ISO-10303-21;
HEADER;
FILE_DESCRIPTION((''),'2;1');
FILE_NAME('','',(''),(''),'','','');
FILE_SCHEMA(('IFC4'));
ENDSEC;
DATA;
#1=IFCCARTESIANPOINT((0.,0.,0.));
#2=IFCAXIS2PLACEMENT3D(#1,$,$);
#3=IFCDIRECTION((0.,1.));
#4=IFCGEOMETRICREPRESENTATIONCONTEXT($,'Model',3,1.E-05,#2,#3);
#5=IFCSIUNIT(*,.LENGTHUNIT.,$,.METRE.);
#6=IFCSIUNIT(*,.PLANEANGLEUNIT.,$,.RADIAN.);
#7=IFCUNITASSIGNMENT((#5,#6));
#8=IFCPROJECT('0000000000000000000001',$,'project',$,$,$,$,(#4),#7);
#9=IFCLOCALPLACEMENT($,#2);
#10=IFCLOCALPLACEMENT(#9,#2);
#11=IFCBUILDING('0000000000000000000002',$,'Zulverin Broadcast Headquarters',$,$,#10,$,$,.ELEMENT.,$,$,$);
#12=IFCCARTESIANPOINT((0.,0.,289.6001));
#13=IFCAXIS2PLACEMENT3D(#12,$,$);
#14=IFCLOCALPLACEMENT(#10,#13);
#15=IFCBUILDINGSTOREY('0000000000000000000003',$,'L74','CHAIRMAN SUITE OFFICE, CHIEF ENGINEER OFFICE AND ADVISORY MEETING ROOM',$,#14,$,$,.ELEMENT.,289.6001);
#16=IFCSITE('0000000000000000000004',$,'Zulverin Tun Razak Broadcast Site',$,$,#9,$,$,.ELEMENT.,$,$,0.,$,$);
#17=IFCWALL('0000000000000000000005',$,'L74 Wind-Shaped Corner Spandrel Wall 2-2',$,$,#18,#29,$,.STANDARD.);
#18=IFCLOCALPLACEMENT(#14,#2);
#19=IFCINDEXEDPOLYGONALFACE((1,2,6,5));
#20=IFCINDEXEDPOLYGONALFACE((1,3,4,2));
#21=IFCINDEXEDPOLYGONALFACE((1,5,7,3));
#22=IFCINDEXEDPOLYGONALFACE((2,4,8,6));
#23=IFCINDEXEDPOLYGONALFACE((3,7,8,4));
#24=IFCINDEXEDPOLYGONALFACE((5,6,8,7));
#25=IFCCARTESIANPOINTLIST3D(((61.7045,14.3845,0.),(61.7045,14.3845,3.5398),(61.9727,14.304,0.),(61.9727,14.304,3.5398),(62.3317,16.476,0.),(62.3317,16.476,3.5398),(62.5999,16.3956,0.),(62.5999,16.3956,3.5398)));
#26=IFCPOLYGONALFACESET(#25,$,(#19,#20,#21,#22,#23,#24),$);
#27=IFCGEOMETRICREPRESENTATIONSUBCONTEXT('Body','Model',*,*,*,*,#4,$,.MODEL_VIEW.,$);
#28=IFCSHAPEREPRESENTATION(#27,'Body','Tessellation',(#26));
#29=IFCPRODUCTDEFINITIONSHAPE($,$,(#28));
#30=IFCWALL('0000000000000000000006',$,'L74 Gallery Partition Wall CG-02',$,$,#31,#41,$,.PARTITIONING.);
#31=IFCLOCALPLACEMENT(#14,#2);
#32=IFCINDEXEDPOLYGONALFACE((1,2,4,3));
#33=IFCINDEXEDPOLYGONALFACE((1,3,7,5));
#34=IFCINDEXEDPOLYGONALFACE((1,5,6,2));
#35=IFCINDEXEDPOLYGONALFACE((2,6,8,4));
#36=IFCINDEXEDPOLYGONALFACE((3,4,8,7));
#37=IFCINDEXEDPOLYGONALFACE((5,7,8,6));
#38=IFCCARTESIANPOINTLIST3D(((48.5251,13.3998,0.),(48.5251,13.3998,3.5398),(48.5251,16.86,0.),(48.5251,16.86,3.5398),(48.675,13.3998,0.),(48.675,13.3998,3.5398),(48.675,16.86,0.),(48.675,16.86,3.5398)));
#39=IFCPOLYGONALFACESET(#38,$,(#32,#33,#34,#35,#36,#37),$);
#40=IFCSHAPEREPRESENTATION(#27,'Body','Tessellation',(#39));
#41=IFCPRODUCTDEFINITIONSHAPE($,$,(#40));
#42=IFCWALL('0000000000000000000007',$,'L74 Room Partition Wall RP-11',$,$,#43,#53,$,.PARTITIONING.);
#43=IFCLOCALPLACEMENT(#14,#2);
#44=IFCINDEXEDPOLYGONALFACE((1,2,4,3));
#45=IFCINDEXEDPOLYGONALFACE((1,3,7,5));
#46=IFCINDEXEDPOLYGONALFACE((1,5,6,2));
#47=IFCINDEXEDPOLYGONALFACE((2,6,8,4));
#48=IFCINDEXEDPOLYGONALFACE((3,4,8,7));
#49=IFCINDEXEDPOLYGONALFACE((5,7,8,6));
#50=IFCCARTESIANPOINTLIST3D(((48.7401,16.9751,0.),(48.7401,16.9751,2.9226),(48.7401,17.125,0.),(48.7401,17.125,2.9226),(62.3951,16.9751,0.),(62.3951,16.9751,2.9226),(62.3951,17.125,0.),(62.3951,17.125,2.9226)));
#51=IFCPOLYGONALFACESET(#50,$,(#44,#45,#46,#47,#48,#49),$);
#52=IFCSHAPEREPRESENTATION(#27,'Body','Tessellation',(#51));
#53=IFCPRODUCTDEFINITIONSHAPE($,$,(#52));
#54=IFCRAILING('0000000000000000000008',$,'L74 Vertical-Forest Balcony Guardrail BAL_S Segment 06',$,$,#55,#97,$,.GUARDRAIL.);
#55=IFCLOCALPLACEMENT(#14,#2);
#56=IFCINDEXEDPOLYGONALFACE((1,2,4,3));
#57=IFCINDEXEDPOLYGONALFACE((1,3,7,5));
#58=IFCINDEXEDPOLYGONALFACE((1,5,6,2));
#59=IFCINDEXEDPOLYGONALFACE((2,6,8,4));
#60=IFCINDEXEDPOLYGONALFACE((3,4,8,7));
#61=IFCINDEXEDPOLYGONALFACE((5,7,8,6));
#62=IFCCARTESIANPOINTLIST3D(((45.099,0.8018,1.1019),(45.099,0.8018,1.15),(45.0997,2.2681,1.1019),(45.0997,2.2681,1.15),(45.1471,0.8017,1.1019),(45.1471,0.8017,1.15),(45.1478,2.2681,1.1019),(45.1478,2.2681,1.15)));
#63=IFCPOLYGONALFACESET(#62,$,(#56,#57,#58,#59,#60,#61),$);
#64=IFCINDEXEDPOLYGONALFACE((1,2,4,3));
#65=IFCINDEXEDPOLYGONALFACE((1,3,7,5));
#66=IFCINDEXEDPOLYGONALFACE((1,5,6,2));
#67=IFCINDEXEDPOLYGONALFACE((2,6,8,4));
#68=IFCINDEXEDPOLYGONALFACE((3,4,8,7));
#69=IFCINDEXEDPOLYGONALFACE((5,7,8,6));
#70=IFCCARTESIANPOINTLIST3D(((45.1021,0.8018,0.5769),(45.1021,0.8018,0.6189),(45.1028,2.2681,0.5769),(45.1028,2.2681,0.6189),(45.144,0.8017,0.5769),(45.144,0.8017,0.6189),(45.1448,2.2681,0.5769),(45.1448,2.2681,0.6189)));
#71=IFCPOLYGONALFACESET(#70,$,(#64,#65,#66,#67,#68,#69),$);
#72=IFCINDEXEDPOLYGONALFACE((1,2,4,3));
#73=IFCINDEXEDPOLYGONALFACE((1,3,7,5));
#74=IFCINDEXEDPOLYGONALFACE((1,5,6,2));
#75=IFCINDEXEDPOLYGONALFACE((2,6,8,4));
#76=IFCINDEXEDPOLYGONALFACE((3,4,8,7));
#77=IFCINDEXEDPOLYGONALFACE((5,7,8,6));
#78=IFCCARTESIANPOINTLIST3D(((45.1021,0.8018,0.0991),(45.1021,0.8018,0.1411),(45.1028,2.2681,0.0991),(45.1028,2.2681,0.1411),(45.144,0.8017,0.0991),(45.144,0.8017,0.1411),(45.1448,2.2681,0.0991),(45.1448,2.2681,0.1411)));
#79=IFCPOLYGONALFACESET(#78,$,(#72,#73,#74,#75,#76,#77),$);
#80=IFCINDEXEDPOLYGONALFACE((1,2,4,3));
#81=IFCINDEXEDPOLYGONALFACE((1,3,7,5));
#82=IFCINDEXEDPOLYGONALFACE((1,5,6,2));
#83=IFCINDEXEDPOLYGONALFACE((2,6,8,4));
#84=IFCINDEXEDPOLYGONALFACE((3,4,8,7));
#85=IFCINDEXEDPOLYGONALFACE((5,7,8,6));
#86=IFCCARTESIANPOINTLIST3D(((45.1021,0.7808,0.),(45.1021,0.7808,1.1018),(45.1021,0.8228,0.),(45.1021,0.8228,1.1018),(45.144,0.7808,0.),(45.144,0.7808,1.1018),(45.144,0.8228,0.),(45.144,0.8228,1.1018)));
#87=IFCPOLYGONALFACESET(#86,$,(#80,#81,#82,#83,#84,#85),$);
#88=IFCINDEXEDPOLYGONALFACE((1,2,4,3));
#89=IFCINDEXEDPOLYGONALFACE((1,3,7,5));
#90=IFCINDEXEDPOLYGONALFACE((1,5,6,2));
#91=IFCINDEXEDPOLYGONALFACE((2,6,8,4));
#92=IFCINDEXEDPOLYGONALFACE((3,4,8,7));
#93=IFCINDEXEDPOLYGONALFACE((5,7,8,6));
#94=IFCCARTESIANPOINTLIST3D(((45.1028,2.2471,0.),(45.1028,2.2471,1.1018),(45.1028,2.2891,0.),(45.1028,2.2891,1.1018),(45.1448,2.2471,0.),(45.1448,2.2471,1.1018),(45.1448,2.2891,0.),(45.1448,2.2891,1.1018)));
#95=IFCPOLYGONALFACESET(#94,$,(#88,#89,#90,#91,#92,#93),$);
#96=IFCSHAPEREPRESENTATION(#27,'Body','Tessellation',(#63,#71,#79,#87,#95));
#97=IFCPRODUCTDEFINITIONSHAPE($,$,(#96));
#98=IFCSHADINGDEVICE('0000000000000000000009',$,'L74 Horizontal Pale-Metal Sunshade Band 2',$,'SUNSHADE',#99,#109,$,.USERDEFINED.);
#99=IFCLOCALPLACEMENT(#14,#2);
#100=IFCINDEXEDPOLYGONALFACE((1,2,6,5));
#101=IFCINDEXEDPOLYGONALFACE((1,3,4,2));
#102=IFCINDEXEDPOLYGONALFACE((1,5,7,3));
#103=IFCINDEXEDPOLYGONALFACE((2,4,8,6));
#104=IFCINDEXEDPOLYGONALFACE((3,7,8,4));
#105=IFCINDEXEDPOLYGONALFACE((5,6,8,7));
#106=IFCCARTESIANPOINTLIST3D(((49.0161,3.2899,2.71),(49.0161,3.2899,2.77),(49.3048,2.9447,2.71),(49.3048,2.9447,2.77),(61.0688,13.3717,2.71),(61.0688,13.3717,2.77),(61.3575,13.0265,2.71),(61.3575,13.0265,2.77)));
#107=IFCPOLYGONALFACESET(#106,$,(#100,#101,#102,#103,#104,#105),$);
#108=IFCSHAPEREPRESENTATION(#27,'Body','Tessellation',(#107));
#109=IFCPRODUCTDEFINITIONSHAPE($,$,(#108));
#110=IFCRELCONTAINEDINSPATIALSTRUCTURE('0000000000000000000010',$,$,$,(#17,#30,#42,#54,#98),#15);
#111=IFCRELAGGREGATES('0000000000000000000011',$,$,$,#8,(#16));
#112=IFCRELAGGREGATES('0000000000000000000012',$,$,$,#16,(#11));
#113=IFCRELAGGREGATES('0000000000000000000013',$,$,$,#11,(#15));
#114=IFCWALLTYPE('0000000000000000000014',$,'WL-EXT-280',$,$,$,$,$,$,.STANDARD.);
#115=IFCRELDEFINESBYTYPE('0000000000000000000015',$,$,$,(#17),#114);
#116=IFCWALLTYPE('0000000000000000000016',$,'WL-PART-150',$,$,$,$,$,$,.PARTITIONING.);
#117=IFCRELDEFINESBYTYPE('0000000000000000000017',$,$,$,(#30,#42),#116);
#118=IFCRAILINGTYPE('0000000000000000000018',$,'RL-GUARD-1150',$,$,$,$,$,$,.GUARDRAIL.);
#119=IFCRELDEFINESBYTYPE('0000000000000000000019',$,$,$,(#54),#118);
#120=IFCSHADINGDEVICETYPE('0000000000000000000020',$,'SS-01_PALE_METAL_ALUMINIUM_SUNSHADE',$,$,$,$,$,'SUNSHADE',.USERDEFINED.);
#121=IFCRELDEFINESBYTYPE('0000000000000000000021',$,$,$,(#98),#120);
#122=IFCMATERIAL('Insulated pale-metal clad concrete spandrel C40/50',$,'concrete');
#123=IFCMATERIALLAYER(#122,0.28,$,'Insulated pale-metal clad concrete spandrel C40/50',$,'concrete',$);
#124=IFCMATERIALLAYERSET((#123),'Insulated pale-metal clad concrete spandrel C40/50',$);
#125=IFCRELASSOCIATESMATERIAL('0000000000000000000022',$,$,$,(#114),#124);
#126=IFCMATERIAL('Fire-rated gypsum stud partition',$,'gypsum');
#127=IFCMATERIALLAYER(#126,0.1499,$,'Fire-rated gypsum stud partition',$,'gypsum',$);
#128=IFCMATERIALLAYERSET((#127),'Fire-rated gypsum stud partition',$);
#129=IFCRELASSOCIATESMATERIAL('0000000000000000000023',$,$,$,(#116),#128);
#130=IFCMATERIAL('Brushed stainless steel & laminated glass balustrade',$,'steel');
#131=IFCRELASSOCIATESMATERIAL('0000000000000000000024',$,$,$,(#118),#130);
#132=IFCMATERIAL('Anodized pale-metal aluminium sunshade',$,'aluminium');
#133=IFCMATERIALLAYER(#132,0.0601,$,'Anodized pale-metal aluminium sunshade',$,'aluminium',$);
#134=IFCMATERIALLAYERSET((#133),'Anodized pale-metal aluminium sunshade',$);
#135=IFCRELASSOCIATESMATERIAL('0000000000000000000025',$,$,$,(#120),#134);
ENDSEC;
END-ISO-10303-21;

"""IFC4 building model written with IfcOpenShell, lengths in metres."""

from ifc_helpers import new_model, si_unit, direction, frame, frame_2d, origin, origin_2d, place, context, subcontext, project, spatial, rectangle, extrude, material, layer, layer_set, type_object, element, save


model = new_model("IFC4")

# Units and contexts
model_context = context("Model", 3, precision=1e-05, world=origin(), true_north=direction((0.0, 1.0)))
body_context = subcontext(model_context, "Body", "Model", "MODEL_VIEW")
ifc_project = project(units=[si_unit("LENGTHUNIT", "METRE"), si_unit("PLANEANGLEUNIT", "RADIAN")], contexts=[model_context])

# Site, building, storey
site_placement = place(None, origin())
site = spatial("IfcSite", under=ifc_project, at=site_placement, Name="Zulverin Tun Razak Broadcast Site", CompositionType="ELEMENT", RefElevation=0.0)
building_placement = place(site_placement, origin())
building = spatial("IfcBuilding", under=site, at=building_placement, Name="Zulverin Broadcast Headquarters", CompositionType="ELEMENT")
storey_placement = place(building_placement, frame((0.0, 0.0, 289.6001)))
storey = spatial("IfcBuildingStorey", under=building, at=storey_placement, Name="L74", Description="CHAIRMAN SUITE OFFICE, CHIEF ENGINEER OFFICE AND ADVISORY MEETING ROOM", CompositionType="ELEMENT", Elevation=289.6001)

# Shared definitions
ifc_material_1 = material(Name="Insulated pale-metal clad concrete spandrel C40/50", Category="concrete")
ifc_layer_1 = layer(ifc_material_1, 0.28, Name="Insulated pale-metal clad concrete spandrel C40/50", Category="concrete")
ifc_layer_set_1 = layer_set([ifc_layer_1], Name="Insulated pale-metal clad concrete spandrel C40/50")
wall_type_1 = type_object("IfcWallType", Name="WL-EXT-280", PredefinedType="STANDARD", material=ifc_layer_set_1)

# Walls
wall_1_placement = place(storey_placement, frame((61.8386, 14.3442, 0.0), z_axis=(0.0, 0.0, 1.0), x_axis=(0.287235, 0.95786, 0.0)))
element("IfcWall", 1, at=wall_1_placement, inside=storey, type_object=wall_type_1, Name="L74 Wind-Shaped Corner Spandrel Wall 2-2", PredefinedType="STANDARD", context=body_context, shape_type="SweptSolid", body=[
    extrude(rectangle(XDim=2.1836, YDim=0.28, at=frame_2d((1.0918, 0.0))), origin(), (0.0, 0.0, 1.0), 3.5398),
])
ifc_material_2 = material(Name="Fire-rated gypsum stud partition", Category="gypsum")
ifc_layer_2 = layer(ifc_material_2, 0.1499, Name="Fire-rated gypsum stud partition", Category="gypsum")
ifc_layer_set_2 = layer_set([ifc_layer_2], Name="Fire-rated gypsum stud partition")
wall_type_2 = type_object("IfcWallType", Name="WL-PART-150", PredefinedType="PARTITIONING", material=ifc_layer_set_2)
wall_2_placement = place(storey_placement, frame((48.6001, 13.3999, 0.0), z_axis=(0.0, 0.0, 1.0), x_axis=(0.0, 1.0, 0.0)))
element("IfcWall", 2, at=wall_2_placement, inside=storey, type_object=wall_type_2, Name="L74 Gallery Partition Wall CG-02", PredefinedType="PARTITIONING", context=body_context, shape_type="SweptSolid", body=[
    extrude(rectangle(XDim=3.4602, YDim=0.1499, at=frame_2d((1.73, 0.0))), origin(), (0.0, 0.0, 1.0), 3.5398),
])
wall_3_placement = place(storey_placement, frame((48.74, 17.05, 0.0), z_axis=(0.0, 0.0, 1.0), x_axis=(1.0, 0.0, 0.0)))
element("IfcWall", 3, at=wall_3_placement, inside=storey, type_object=wall_type_2, Name="L74 Room Partition Wall RP-11", PredefinedType="PARTITIONING", context=body_context, shape_type="SweptSolid", body=[
    extrude(rectangle(XDim=13.655, YDim=0.1499, at=frame_2d((6.8276, 0.0))), origin(), (0.0, 0.0, 1.0), 2.9226),
])

# Railing
ifc_material_3 = material(Name="Brushed stainless steel & laminated glass balustrade", Category="steel")
railing_type = type_object("IfcRailingType", Name="RL-GUARD-1150", PredefinedType="GUARDRAIL", material=ifc_material_3)
railing_placement = place(storey_placement, frame((45.123, 0.8018, 0.0)))
element("IfcRailing", 4, at=railing_placement, inside=storey, type_object=railing_type, Name="L74 Vertical-Forest Balcony Guardrail BAL_S Segment 06", PredefinedType="GUARDRAIL", context=body_context, shape_type="SweptSolid", body=[
    extrude(rectangle(XDim=0.0481, YDim=0.0481, at=origin_2d()), frame((0.0, 0.0, 1.126), z_axis=(0.0005, 1.0, 0.0), x_axis=(-1.0, 0.0005, 0.0)), (0.0, 0.0, 1.0), 1.4663),
    extrude(rectangle(XDim=0.042, YDim=0.042, at=origin_2d()), frame((0.0, 0.0, 0.5979), z_axis=(0.0005, 1.0, 0.0), x_axis=(-1.0, 0.0005, 0.0)), (0.0, 0.0, 1.0), 1.4663),
    extrude(rectangle(XDim=0.042, YDim=0.042, at=origin_2d()), frame((0.0, 0.0, 0.1201), z_axis=(0.0005, 1.0, 0.0), x_axis=(-1.0, 0.0005, 0.0)), (0.0, 0.0, 1.0), 1.4663),
    extrude(rectangle(XDim=0.042, YDim=0.042, at=origin_2d()), origin(), (0.0, 0.0, 1.0), 1.1018),
    extrude(rectangle(XDim=0.042, YDim=0.042, at=origin_2d()), frame((0.0007, 1.4663, 0.0)), (0.0, 0.0, 1.0), 1.1018),
])

# Shading device
ifc_material_4 = material(Name="Anodized pale-metal aluminium sunshade", Category="aluminium")
ifc_layer_3 = layer(ifc_material_4, 0.0601, Name="Anodized pale-metal aluminium sunshade", Category="aluminium")
ifc_layer_set_3 = layer_set([ifc_layer_3], Name="Anodized pale-metal aluminium sunshade")
shading_device_type = type_object("IfcShadingDeviceType", Name="SS-01_PALE_METAL_ALUMINIUM_SUNSHADE", ElementType="SUNSHADE", PredefinedType="USERDEFINED", material=ifc_layer_set_3)
shading_device_placement = place(storey_placement, frame((55.1868, 8.1582, 2.71), z_axis=(0.0, 0.0, 1.0), x_axis=(0.767035, 0.641605, 0.0)))
element("IfcShadingDevice", 5, at=shading_device_placement, inside=storey, type_object=shading_device_type, Name="L74 Horizontal Pale-Metal Sunshade Band 2", ObjectType="SUNSHADE", PredefinedType="USERDEFINED", context=body_context, shape_type="SweptSolid", body=[
    extrude(rectangle(XDim=15.7134, YDim=0.45, at=origin_2d()), origin(), (0.0, 0.0, 1.0), 0.0601),
])

save(model, "model.ifc")
